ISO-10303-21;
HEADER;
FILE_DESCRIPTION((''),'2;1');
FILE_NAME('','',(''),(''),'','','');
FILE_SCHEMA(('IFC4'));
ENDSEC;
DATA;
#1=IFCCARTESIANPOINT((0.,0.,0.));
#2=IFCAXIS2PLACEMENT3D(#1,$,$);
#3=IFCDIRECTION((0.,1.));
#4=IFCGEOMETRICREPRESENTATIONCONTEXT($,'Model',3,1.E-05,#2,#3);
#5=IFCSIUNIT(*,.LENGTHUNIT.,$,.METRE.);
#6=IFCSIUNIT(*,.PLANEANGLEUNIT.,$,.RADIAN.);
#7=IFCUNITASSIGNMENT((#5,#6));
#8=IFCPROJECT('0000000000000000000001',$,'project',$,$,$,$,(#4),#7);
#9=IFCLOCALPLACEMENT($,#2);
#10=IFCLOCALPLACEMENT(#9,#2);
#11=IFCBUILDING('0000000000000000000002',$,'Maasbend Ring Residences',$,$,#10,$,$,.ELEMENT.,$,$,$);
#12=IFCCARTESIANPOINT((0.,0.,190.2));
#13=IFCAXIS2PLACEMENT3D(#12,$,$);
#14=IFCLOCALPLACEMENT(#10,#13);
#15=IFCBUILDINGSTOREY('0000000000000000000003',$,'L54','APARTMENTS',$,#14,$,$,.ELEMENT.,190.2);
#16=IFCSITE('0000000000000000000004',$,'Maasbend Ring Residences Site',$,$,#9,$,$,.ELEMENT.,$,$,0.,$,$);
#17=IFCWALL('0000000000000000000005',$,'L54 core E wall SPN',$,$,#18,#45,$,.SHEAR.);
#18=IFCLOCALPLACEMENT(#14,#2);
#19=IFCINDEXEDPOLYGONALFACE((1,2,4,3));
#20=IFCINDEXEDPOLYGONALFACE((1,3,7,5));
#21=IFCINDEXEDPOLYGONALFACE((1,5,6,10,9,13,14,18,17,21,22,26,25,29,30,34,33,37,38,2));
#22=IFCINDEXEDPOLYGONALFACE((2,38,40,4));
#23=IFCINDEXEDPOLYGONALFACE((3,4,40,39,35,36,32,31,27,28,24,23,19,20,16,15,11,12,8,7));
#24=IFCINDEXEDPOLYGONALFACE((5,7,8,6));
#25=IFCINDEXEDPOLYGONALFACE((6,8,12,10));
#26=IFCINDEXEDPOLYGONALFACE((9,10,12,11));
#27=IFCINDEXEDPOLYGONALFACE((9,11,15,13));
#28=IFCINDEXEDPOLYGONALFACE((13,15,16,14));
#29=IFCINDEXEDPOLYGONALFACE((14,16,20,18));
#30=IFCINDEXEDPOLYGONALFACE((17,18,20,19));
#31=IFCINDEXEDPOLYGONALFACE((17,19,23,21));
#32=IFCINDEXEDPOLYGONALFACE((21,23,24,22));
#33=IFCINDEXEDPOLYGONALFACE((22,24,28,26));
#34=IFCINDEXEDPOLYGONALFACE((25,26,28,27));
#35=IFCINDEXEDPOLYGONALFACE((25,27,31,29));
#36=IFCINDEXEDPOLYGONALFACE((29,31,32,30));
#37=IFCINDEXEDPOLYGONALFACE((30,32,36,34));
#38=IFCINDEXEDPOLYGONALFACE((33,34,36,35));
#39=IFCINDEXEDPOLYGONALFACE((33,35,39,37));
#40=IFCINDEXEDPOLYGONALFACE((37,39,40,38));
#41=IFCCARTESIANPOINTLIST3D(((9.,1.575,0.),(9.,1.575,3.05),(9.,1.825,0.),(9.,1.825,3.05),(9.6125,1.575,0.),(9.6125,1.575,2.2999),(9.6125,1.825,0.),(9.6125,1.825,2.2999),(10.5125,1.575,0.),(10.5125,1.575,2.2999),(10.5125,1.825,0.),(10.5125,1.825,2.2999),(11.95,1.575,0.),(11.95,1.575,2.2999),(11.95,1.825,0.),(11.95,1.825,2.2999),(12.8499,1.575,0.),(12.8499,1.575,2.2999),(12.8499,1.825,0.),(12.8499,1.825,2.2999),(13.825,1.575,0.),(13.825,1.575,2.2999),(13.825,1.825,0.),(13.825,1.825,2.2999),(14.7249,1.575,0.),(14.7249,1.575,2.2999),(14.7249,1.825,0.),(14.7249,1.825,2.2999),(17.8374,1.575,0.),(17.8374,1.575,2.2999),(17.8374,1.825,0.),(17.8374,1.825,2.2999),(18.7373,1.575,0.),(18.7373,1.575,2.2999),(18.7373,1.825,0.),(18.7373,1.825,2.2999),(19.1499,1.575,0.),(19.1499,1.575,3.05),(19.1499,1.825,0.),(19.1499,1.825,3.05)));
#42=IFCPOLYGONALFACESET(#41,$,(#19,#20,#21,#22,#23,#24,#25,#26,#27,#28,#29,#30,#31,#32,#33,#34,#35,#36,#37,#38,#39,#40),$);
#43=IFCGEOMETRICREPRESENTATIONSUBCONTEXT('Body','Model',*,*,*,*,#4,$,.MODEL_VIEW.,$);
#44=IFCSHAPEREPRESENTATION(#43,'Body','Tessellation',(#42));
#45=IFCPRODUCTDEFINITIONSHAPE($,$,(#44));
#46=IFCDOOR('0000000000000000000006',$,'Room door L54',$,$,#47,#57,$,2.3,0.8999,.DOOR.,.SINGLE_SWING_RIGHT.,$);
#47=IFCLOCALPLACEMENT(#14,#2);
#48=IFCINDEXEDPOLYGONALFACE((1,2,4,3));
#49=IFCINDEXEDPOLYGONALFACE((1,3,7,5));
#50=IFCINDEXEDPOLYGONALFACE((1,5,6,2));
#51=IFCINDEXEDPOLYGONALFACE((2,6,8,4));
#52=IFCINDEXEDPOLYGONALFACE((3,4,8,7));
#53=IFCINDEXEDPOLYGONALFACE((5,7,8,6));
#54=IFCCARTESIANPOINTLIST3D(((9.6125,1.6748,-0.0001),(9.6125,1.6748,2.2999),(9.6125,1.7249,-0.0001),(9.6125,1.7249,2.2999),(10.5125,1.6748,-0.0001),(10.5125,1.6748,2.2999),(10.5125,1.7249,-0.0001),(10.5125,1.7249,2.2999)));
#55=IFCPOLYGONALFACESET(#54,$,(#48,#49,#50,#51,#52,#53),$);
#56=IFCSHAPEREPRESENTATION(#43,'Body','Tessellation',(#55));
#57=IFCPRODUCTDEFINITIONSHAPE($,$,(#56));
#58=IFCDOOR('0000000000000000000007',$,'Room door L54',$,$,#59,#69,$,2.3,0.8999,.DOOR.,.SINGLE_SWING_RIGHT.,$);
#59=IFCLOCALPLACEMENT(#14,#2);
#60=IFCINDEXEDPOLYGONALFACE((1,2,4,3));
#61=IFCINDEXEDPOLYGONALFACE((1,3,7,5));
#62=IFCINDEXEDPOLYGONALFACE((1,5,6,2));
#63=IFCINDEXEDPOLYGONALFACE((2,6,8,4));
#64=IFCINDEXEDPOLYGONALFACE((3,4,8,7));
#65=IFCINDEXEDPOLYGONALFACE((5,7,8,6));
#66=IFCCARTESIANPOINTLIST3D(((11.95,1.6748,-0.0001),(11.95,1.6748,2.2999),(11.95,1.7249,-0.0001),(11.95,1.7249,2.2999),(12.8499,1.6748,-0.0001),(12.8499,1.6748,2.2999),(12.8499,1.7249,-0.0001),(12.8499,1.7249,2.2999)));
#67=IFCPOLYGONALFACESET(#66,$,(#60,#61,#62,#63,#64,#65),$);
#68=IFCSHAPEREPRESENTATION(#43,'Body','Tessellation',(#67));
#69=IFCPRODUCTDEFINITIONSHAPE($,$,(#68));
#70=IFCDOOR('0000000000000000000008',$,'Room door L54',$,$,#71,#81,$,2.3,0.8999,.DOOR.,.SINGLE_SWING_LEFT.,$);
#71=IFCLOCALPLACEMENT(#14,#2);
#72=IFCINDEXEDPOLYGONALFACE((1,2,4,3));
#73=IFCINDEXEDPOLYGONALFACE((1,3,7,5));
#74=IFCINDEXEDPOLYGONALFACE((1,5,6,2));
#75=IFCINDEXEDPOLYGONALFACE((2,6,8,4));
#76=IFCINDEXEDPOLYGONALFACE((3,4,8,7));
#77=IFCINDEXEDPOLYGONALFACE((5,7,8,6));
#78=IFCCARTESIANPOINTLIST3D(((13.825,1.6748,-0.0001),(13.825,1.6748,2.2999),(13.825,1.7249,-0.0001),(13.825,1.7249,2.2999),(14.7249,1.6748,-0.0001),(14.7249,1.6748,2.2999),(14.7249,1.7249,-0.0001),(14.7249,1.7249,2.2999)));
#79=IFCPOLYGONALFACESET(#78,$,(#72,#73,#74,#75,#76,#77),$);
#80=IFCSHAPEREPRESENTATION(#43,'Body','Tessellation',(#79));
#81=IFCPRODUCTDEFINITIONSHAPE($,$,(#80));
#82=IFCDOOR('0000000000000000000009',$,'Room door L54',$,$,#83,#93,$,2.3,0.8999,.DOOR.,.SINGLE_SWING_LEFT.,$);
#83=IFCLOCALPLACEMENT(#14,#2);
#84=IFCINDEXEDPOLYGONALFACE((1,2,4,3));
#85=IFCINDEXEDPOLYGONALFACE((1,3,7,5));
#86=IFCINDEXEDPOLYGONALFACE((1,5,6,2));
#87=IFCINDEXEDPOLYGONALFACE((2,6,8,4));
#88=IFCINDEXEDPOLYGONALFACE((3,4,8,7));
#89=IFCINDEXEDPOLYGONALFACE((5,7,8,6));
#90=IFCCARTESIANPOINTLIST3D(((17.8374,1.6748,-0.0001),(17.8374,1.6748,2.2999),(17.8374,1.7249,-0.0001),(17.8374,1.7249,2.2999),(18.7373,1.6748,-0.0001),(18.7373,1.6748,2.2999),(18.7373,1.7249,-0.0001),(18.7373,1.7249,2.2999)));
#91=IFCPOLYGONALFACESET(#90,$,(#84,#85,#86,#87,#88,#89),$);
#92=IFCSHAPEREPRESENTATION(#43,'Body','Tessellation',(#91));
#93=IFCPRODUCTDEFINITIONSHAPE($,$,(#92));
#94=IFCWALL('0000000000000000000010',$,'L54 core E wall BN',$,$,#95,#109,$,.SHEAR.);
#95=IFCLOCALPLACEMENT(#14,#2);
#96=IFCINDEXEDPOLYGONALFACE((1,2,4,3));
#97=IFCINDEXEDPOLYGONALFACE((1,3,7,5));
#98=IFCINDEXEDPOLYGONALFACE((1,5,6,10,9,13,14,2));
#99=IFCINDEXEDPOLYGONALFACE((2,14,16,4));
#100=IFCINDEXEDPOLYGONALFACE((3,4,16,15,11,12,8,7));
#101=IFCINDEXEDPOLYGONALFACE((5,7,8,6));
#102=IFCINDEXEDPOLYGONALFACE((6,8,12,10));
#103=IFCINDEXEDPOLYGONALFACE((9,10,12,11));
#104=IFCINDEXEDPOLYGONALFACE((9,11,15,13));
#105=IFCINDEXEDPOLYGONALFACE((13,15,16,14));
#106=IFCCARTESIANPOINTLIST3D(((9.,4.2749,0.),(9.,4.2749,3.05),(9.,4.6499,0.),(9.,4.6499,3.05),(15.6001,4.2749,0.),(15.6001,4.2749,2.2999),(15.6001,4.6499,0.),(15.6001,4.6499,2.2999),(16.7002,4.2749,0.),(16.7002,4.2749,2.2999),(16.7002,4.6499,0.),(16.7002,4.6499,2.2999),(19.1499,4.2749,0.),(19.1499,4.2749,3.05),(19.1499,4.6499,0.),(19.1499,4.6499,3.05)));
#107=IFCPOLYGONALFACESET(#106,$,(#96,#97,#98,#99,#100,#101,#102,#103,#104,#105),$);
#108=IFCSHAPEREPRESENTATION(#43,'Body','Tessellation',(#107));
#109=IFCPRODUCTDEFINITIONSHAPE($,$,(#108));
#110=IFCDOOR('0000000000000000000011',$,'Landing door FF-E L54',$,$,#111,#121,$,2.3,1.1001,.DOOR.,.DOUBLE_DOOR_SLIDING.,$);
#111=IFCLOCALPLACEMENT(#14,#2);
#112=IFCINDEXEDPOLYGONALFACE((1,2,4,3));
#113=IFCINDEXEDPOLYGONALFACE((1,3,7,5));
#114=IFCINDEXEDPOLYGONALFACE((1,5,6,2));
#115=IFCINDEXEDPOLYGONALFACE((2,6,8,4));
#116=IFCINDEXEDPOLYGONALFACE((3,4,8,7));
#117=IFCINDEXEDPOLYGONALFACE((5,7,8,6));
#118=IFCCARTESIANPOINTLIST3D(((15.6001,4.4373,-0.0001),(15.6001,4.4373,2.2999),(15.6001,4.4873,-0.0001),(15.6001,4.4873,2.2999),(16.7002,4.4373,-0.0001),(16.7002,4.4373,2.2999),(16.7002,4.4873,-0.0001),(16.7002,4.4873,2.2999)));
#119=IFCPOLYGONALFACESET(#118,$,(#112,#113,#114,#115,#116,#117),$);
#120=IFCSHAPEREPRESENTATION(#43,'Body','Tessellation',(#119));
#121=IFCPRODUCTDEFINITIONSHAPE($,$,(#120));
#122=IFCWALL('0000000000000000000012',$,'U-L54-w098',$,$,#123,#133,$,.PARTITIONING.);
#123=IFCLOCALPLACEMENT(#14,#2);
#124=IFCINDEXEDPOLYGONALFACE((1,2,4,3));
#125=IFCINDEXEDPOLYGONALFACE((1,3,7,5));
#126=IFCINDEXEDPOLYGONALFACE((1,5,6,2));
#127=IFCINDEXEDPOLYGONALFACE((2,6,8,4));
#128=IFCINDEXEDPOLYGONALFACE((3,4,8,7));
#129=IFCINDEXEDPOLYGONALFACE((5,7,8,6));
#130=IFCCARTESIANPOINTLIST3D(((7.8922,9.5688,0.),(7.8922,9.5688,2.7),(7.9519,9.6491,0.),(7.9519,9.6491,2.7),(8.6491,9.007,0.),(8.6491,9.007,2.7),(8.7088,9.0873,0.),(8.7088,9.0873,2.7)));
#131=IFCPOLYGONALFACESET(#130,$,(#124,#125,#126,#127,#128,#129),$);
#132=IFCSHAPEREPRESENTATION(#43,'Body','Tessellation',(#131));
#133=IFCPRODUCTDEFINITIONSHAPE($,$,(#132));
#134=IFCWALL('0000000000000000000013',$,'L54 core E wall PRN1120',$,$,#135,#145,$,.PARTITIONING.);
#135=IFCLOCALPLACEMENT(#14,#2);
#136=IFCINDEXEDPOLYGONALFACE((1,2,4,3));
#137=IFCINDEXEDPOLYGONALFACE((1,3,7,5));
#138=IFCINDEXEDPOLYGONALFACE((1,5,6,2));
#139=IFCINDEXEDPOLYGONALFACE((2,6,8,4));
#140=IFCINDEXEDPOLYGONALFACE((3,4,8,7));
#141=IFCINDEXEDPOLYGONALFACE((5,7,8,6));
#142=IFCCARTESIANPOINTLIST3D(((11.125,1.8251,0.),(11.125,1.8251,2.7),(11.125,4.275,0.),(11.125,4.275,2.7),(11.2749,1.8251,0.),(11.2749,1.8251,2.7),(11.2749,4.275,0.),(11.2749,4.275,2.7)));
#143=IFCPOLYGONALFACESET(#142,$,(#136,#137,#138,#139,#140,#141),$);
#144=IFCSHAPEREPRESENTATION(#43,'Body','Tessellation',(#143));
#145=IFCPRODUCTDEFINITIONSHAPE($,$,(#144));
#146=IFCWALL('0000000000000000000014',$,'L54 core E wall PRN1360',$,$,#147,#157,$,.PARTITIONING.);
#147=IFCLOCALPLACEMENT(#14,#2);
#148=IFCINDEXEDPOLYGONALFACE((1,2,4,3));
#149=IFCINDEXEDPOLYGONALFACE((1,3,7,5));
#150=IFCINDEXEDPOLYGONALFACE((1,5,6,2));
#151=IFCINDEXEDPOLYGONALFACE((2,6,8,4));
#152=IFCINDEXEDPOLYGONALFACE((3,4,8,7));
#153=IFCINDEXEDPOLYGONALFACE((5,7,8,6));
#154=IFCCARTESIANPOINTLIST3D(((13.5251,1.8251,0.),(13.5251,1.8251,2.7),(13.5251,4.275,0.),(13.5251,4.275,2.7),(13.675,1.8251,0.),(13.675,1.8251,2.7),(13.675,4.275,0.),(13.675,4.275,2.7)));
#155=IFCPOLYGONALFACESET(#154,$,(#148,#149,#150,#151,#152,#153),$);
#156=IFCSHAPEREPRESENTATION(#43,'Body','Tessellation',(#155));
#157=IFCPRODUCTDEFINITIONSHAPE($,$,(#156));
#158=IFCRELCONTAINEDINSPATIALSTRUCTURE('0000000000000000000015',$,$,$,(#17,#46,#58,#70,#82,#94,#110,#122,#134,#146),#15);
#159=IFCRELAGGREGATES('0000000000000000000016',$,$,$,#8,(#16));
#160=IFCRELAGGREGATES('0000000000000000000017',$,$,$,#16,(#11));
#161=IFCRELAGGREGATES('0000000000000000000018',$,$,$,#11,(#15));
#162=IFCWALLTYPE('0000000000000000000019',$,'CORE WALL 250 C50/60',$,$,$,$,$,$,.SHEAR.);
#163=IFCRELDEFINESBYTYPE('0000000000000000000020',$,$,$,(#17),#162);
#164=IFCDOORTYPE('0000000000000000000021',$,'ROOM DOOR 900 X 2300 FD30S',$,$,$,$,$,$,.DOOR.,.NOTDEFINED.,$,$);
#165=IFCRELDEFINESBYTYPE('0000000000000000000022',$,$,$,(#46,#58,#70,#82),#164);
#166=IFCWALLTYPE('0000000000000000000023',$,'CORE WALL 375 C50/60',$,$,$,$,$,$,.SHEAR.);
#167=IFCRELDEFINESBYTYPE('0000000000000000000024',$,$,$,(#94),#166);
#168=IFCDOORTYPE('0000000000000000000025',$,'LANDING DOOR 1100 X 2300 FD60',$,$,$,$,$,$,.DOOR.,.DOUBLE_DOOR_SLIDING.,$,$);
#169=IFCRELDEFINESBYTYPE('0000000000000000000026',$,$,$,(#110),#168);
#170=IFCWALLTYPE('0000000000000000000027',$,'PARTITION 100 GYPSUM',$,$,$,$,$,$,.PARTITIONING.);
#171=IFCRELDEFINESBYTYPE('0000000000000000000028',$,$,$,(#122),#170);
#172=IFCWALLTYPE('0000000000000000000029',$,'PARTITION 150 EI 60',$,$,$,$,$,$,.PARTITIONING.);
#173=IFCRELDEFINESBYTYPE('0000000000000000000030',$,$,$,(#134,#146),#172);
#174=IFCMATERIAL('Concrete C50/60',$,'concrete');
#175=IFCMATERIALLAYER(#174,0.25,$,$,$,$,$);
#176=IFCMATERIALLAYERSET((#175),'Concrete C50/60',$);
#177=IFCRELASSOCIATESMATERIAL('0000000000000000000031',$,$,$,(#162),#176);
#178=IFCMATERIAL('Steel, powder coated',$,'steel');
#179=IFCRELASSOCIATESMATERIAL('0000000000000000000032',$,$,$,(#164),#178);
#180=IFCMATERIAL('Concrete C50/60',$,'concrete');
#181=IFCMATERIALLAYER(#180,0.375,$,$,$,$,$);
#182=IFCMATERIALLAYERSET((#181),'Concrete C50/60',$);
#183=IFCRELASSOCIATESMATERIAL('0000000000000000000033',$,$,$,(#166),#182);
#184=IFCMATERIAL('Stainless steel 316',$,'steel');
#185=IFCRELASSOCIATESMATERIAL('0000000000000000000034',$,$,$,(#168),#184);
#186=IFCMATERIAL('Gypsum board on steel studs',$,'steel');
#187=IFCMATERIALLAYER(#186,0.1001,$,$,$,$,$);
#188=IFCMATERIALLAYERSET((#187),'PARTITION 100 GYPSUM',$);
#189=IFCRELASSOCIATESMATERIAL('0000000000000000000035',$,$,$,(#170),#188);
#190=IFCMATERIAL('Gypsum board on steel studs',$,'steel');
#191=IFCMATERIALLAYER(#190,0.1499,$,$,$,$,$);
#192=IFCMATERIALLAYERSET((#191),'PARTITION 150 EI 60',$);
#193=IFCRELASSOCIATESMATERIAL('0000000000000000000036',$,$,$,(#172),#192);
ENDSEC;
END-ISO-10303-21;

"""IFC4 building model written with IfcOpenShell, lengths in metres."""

from ifc_helpers import new_model, si_unit, direction, frame, frame_2d, origin, place, context, subcontext, project, spatial, rectangle, extrude, material, layer, layer_set, type_object, element, fill, save


model = new_model("IFC4")

# Units and contexts
model_context = context("Model", 3, precision=1e-05, world=origin(), true_north=direction((0.0, 1.0)))
body_context = subcontext(model_context, "Body", "Model", "MODEL_VIEW")
ifc_project = project(units=[si_unit("LENGTHUNIT", "METRE"), si_unit("PLANEANGLEUNIT", "RADIAN")], contexts=[model_context])

# Site, building, storey
site_placement = place(None, origin())
site = spatial("IfcSite", under=ifc_project, at=site_placement, Name="Maasbend Ring Residences Site", CompositionType="ELEMENT", RefElevation=0.0)
building_placement = place(site_placement, origin())
building = spatial("IfcBuilding", under=site, at=building_placement, Name="Maasbend Ring Residences", CompositionType="ELEMENT")
storey_placement = place(building_placement, frame((0.0, 0.0, 190.2)))
storey = spatial("IfcBuildingStorey", under=building, at=storey_placement, Name="L54", Description="APARTMENTS", CompositionType="ELEMENT", Elevation=190.2)

# Wall, openings, doors
ifc_material_1 = material(Name="Concrete C50/60", Category="concrete")
ifc_layer_1 = layer(ifc_material_1, 0.25)
ifc_layer_set_1 = layer_set([ifc_layer_1], Name="Concrete C50/60")
wall_type_1 = type_object("IfcWallType", Name="CORE WALL 250 C50/60", PredefinedType="SHEAR", material=ifc_layer_set_1)
wall_1_placement = place(storey_placement, frame((9.0, 1.7, 0.0), z_axis=(0.0, 0.0, 1.0), x_axis=(1.0, 0.0, 0.0)))
wall_1 = element("IfcWall", 1, at=wall_1_placement, inside=storey, type_object=wall_type_1, Name="L54 core E wall SPN", PredefinedType="SHEAR", context=body_context, shape_type="SweptSolid", body=[
    extrude(rectangle(XDim=10.1499, YDim=0.25, at=frame_2d((5.075, 0.0))), origin(), (0.0, 0.0, 1.0), 3.05),
])
opening_1_placement = place(wall_1_placement, frame((0.6125, 0.0, 0.0)))
opening_1 = element("IfcOpeningElement", 2, at=opening_1_placement, cuts=wall_1, PredefinedType="OPENING", context=body_context, shape_type="SweptSolid", body=[
    extrude(rectangle(XDim=0.8999, YDim=2.3, at=frame_2d((0.45, 1.1499))), frame((0.0, 0.135, 0.0), z_axis=(0.0, -1.0, 0.0), x_axis=(1.0, 0.0, 0.0)), (0.0, 0.0, 1.0), 0.27),
])
opening_2_placement = place(wall_1_placement, frame((2.95, 0.0, 0.0)))
opening_2 = element("IfcOpeningElement", 3, at=opening_2_placement, cuts=wall_1, PredefinedType="OPENING", context=body_context, shape_type="SweptSolid", body=[
    extrude(rectangle(XDim=0.8999, YDim=2.3, at=frame_2d((0.45, 1.1499))), frame((0.0, 0.135, 0.0), z_axis=(0.0, -1.0, 0.0), x_axis=(1.0, 0.0, 0.0)), (0.0, 0.0, 1.0), 0.27),
])
opening_3_placement = place(wall_1_placement, frame((4.825, 0.0, 0.0)))
opening_3 = element("IfcOpeningElement", 4, at=opening_3_placement, cuts=wall_1, PredefinedType="OPENING", context=body_context, shape_type="SweptSolid", body=[
    extrude(rectangle(XDim=0.8999, YDim=2.3, at=frame_2d((0.45, 1.1499))), frame((0.0, 0.135, 0.0), z_axis=(0.0, -1.0, 0.0), x_axis=(1.0, 0.0, 0.0)), (0.0, 0.0, 1.0), 0.27),
])
opening_4_placement = place(wall_1_placement, frame((8.8374, 0.0, 0.0)))
opening_4 = element("IfcOpeningElement", 5, at=opening_4_placement, cuts=wall_1, PredefinedType="OPENING", context=body_context, shape_type="SweptSolid", body=[
    extrude(rectangle(XDim=0.8999, YDim=2.3, at=frame_2d((0.45, 1.1499))), frame((0.0, 0.135, 0.0), z_axis=(0.0, -1.0, 0.0), x_axis=(1.0, 0.0, 0.0)), (0.0, 0.0, 1.0), 0.27),
])
ifc_material_2 = material(Name="Steel, powder coated", Category="steel")
door_type_1 = type_object("IfcDoorType", Name="ROOM DOOR 900 X 2300 FD30S", OperationType="NOTDEFINED", PredefinedType="DOOR", material=ifc_material_2)
door_1_placement = place(opening_1_placement, origin())
door_1 = element("IfcDoor", 6, at=door_1_placement, inside=storey, type_object=door_type_1, Name="Room door L54", OperationType="SINGLE_SWING_RIGHT", OverallHeight=2.3, OverallWidth=0.8999, PredefinedType="DOOR", context=body_context, shape_type="SweptSolid", body=[
    extrude(rectangle(XDim=0.8999, YDim=2.3, at=frame_2d((0.45, 1.1499))), frame((0.0, 0.0249, 0.0), z_axis=(0.0, -1.0, 0.0), x_axis=(1.0, 0.0, 0.0)), (0.0, 0.0, 1.0), 0.05),
])
fill(opening_1, door_1)
door_2_placement = place(opening_2_placement, origin())
door_2 = element("IfcDoor", 7, at=door_2_placement, inside=storey, type_object=door_type_1, Name="Room door L54", OperationType="SINGLE_SWING_RIGHT", OverallHeight=2.3, OverallWidth=0.8999, PredefinedType="DOOR", context=body_context, shape_type="SweptSolid", body=[
    extrude(rectangle(XDim=0.8999, YDim=2.3, at=frame_2d((0.45, 1.1499))), frame((0.0, 0.0249, 0.0), z_axis=(0.0, -1.0, 0.0), x_axis=(1.0, 0.0, 0.0)), (0.0, 0.0, 1.0), 0.05),
])
fill(opening_2, door_2)
door_3_placement = place(opening_3_placement, origin())
door_3 = element("IfcDoor", 8, at=door_3_placement, inside=storey, type_object=door_type_1, Name="Room door L54", OperationType="SINGLE_SWING_LEFT", OverallHeight=2.3, OverallWidth=0.8999, PredefinedType="DOOR", context=body_context, shape_type="SweptSolid", body=[
    extrude(rectangle(XDim=0.8999, YDim=2.3, at=frame_2d((0.45, 1.1499))), frame((0.0, 0.0249, 0.0), z_axis=(0.0, -1.0, 0.0), x_axis=(1.0, 0.0, 0.0)), (0.0, 0.0, 1.0), 0.05),
])
fill(opening_3, door_3)
door_4_placement = place(opening_4_placement, origin())
door_4 = element("IfcDoor", 9, at=door_4_placement, inside=storey, type_object=door_type_1, Name="Room door L54", OperationType="SINGLE_SWING_LEFT", OverallHeight=2.3, OverallWidth=0.8999, PredefinedType="DOOR", context=body_context, shape_type="SweptSolid", body=[
    extrude(rectangle(XDim=0.8999, YDim=2.3, at=frame_2d((0.45, 1.1499))), frame((0.0, 0.0249, 0.0), z_axis=(0.0, -1.0, 0.0), x_axis=(1.0, 0.0, 0.0)), (0.0, 0.0, 1.0), 0.05),
])
fill(opening_4, door_4)

# Wall, opening, door
ifc_material_3 = material(Name="Concrete C50/60", Category="concrete")
ifc_layer_2 = layer(ifc_material_3, 0.375)
ifc_layer_set_2 = layer_set([ifc_layer_2], Name="Concrete C50/60")
wall_type_2 = type_object("IfcWallType", Name="CORE WALL 375 C50/60", PredefinedType="SHEAR", material=ifc_layer_set_2)
wall_2_placement = place(storey_placement, frame((9.0, 4.4624, 0.0), z_axis=(0.0, 0.0, 1.0), x_axis=(1.0, 0.0, 0.0)))
wall_2 = element("IfcWall", 10, at=wall_2_placement, inside=storey, type_object=wall_type_2, Name="L54 core E wall BN", PredefinedType="SHEAR", context=body_context, shape_type="SweptSolid", body=[
    extrude(rectangle(XDim=10.1499, YDim=0.375, at=frame_2d((5.075, 0.0))), origin(), (0.0, 0.0, 1.0), 3.05),
])
opening_5_placement = place(wall_2_placement, frame((6.6001, 0.0, 0.0)))
opening_5 = element("IfcOpeningElement", 11, at=opening_5_placement, cuts=wall_2, PredefinedType="OPENING", context=body_context, shape_type="SweptSolid", body=[
    extrude(rectangle(XDim=1.1001, YDim=2.3, at=frame_2d((0.55, 1.1499))), frame((0.0, 0.1975, 0.0), z_axis=(0.0, -1.0, 0.0), x_axis=(1.0, 0.0, 0.0)), (0.0, 0.0, 1.0), 0.395),
])
ifc_material_4 = material(Name="Stainless steel 316", Category="steel")
door_type_2 = type_object("IfcDoorType", Name="LANDING DOOR 1100 X 2300 FD60", OperationType="DOUBLE_DOOR_SLIDING", PredefinedType="DOOR", material=ifc_material_4)
door_5_placement = place(opening_5_placement, origin())
door_5 = element("IfcDoor", 12, at=door_5_placement, inside=storey, type_object=door_type_2, Name="Landing door FF-E L54", OperationType="DOUBLE_DOOR_SLIDING", OverallHeight=2.3, OverallWidth=1.1001, PredefinedType="DOOR", context=body_context, shape_type="SweptSolid", body=[
    extrude(rectangle(XDim=1.1001, YDim=2.3, at=frame_2d((0.55, 1.1499))), frame((0.0, 0.0249, 0.0), z_axis=(0.0, -1.0, 0.0), x_axis=(1.0, 0.0, 0.0)), (0.0, 0.0, 1.0), 0.05),
])
fill(opening_5, door_5)

# Walls
ifc_material_5 = material(Name="Gypsum board on steel studs", Category="steel")
ifc_layer_3 = layer(ifc_material_5, 0.1001)
ifc_layer_set_3 = layer_set([ifc_layer_3], Name="PARTITION 100 GYPSUM")
wall_type_3 = type_object("IfcWallType", Name="PARTITION 100 GYPSUM", PredefinedType="PARTITIONING", material=ifc_layer_set_3)
wall_3_placement = place(storey_placement, frame((7.9221, 9.6089, 0.0), z_axis=(0.0, 0.0, 1.0), x_axis=(0.802974, -0.596014, 0.0)))
element("IfcWall", 13, at=wall_3_placement, inside=storey, type_object=wall_type_3, Name="U-L54-w098", PredefinedType="PARTITIONING", context=body_context, shape_type="SweptSolid", body=[
    extrude(rectangle(XDim=0.9426, YDim=0.1001, at=frame_2d((0.4712, 0.0))), origin(), (0.0, 0.0, 1.0), 2.7),
])
ifc_material_6 = material(Name="Gypsum board on steel studs", Category="steel")
ifc_layer_4 = layer(ifc_material_6, 0.1499)
ifc_layer_set_4 = layer_set([ifc_layer_4], Name="PARTITION 150 EI 60")
wall_type_4 = type_object("IfcWallType", Name="PARTITION 150 EI 60", PredefinedType="PARTITIONING", material=ifc_layer_set_4)
for number, where, z_axis, x_axis, name in (
    (14, (11.2, 1.825, 0.0), (0.0, 0.0, 1.0), (0.0, 1.0, 0.0), "L54 core E wall PRN1120"),
    (15, (13.6001, 1.825, 0.0), (0.0, 0.0, 1.0), (0.0, 1.0, 0.0), "L54 core E wall PRN1360"),
):
    element("IfcWall", number, at=place(storey_placement, frame(where, z_axis=z_axis, x_axis=x_axis)), inside=storey, type_object=wall_type_4, Name=name, PredefinedType="PARTITIONING", context=body_context, shape_type="SweptSolid", body=[
        extrude(rectangle(XDim=2.45, YDim=0.1499, at=frame_2d((1.2251, 0.0))), origin(), (0.0, 0.0, 1.0), 2.7),
    ])

save(model, "model.ifc")
